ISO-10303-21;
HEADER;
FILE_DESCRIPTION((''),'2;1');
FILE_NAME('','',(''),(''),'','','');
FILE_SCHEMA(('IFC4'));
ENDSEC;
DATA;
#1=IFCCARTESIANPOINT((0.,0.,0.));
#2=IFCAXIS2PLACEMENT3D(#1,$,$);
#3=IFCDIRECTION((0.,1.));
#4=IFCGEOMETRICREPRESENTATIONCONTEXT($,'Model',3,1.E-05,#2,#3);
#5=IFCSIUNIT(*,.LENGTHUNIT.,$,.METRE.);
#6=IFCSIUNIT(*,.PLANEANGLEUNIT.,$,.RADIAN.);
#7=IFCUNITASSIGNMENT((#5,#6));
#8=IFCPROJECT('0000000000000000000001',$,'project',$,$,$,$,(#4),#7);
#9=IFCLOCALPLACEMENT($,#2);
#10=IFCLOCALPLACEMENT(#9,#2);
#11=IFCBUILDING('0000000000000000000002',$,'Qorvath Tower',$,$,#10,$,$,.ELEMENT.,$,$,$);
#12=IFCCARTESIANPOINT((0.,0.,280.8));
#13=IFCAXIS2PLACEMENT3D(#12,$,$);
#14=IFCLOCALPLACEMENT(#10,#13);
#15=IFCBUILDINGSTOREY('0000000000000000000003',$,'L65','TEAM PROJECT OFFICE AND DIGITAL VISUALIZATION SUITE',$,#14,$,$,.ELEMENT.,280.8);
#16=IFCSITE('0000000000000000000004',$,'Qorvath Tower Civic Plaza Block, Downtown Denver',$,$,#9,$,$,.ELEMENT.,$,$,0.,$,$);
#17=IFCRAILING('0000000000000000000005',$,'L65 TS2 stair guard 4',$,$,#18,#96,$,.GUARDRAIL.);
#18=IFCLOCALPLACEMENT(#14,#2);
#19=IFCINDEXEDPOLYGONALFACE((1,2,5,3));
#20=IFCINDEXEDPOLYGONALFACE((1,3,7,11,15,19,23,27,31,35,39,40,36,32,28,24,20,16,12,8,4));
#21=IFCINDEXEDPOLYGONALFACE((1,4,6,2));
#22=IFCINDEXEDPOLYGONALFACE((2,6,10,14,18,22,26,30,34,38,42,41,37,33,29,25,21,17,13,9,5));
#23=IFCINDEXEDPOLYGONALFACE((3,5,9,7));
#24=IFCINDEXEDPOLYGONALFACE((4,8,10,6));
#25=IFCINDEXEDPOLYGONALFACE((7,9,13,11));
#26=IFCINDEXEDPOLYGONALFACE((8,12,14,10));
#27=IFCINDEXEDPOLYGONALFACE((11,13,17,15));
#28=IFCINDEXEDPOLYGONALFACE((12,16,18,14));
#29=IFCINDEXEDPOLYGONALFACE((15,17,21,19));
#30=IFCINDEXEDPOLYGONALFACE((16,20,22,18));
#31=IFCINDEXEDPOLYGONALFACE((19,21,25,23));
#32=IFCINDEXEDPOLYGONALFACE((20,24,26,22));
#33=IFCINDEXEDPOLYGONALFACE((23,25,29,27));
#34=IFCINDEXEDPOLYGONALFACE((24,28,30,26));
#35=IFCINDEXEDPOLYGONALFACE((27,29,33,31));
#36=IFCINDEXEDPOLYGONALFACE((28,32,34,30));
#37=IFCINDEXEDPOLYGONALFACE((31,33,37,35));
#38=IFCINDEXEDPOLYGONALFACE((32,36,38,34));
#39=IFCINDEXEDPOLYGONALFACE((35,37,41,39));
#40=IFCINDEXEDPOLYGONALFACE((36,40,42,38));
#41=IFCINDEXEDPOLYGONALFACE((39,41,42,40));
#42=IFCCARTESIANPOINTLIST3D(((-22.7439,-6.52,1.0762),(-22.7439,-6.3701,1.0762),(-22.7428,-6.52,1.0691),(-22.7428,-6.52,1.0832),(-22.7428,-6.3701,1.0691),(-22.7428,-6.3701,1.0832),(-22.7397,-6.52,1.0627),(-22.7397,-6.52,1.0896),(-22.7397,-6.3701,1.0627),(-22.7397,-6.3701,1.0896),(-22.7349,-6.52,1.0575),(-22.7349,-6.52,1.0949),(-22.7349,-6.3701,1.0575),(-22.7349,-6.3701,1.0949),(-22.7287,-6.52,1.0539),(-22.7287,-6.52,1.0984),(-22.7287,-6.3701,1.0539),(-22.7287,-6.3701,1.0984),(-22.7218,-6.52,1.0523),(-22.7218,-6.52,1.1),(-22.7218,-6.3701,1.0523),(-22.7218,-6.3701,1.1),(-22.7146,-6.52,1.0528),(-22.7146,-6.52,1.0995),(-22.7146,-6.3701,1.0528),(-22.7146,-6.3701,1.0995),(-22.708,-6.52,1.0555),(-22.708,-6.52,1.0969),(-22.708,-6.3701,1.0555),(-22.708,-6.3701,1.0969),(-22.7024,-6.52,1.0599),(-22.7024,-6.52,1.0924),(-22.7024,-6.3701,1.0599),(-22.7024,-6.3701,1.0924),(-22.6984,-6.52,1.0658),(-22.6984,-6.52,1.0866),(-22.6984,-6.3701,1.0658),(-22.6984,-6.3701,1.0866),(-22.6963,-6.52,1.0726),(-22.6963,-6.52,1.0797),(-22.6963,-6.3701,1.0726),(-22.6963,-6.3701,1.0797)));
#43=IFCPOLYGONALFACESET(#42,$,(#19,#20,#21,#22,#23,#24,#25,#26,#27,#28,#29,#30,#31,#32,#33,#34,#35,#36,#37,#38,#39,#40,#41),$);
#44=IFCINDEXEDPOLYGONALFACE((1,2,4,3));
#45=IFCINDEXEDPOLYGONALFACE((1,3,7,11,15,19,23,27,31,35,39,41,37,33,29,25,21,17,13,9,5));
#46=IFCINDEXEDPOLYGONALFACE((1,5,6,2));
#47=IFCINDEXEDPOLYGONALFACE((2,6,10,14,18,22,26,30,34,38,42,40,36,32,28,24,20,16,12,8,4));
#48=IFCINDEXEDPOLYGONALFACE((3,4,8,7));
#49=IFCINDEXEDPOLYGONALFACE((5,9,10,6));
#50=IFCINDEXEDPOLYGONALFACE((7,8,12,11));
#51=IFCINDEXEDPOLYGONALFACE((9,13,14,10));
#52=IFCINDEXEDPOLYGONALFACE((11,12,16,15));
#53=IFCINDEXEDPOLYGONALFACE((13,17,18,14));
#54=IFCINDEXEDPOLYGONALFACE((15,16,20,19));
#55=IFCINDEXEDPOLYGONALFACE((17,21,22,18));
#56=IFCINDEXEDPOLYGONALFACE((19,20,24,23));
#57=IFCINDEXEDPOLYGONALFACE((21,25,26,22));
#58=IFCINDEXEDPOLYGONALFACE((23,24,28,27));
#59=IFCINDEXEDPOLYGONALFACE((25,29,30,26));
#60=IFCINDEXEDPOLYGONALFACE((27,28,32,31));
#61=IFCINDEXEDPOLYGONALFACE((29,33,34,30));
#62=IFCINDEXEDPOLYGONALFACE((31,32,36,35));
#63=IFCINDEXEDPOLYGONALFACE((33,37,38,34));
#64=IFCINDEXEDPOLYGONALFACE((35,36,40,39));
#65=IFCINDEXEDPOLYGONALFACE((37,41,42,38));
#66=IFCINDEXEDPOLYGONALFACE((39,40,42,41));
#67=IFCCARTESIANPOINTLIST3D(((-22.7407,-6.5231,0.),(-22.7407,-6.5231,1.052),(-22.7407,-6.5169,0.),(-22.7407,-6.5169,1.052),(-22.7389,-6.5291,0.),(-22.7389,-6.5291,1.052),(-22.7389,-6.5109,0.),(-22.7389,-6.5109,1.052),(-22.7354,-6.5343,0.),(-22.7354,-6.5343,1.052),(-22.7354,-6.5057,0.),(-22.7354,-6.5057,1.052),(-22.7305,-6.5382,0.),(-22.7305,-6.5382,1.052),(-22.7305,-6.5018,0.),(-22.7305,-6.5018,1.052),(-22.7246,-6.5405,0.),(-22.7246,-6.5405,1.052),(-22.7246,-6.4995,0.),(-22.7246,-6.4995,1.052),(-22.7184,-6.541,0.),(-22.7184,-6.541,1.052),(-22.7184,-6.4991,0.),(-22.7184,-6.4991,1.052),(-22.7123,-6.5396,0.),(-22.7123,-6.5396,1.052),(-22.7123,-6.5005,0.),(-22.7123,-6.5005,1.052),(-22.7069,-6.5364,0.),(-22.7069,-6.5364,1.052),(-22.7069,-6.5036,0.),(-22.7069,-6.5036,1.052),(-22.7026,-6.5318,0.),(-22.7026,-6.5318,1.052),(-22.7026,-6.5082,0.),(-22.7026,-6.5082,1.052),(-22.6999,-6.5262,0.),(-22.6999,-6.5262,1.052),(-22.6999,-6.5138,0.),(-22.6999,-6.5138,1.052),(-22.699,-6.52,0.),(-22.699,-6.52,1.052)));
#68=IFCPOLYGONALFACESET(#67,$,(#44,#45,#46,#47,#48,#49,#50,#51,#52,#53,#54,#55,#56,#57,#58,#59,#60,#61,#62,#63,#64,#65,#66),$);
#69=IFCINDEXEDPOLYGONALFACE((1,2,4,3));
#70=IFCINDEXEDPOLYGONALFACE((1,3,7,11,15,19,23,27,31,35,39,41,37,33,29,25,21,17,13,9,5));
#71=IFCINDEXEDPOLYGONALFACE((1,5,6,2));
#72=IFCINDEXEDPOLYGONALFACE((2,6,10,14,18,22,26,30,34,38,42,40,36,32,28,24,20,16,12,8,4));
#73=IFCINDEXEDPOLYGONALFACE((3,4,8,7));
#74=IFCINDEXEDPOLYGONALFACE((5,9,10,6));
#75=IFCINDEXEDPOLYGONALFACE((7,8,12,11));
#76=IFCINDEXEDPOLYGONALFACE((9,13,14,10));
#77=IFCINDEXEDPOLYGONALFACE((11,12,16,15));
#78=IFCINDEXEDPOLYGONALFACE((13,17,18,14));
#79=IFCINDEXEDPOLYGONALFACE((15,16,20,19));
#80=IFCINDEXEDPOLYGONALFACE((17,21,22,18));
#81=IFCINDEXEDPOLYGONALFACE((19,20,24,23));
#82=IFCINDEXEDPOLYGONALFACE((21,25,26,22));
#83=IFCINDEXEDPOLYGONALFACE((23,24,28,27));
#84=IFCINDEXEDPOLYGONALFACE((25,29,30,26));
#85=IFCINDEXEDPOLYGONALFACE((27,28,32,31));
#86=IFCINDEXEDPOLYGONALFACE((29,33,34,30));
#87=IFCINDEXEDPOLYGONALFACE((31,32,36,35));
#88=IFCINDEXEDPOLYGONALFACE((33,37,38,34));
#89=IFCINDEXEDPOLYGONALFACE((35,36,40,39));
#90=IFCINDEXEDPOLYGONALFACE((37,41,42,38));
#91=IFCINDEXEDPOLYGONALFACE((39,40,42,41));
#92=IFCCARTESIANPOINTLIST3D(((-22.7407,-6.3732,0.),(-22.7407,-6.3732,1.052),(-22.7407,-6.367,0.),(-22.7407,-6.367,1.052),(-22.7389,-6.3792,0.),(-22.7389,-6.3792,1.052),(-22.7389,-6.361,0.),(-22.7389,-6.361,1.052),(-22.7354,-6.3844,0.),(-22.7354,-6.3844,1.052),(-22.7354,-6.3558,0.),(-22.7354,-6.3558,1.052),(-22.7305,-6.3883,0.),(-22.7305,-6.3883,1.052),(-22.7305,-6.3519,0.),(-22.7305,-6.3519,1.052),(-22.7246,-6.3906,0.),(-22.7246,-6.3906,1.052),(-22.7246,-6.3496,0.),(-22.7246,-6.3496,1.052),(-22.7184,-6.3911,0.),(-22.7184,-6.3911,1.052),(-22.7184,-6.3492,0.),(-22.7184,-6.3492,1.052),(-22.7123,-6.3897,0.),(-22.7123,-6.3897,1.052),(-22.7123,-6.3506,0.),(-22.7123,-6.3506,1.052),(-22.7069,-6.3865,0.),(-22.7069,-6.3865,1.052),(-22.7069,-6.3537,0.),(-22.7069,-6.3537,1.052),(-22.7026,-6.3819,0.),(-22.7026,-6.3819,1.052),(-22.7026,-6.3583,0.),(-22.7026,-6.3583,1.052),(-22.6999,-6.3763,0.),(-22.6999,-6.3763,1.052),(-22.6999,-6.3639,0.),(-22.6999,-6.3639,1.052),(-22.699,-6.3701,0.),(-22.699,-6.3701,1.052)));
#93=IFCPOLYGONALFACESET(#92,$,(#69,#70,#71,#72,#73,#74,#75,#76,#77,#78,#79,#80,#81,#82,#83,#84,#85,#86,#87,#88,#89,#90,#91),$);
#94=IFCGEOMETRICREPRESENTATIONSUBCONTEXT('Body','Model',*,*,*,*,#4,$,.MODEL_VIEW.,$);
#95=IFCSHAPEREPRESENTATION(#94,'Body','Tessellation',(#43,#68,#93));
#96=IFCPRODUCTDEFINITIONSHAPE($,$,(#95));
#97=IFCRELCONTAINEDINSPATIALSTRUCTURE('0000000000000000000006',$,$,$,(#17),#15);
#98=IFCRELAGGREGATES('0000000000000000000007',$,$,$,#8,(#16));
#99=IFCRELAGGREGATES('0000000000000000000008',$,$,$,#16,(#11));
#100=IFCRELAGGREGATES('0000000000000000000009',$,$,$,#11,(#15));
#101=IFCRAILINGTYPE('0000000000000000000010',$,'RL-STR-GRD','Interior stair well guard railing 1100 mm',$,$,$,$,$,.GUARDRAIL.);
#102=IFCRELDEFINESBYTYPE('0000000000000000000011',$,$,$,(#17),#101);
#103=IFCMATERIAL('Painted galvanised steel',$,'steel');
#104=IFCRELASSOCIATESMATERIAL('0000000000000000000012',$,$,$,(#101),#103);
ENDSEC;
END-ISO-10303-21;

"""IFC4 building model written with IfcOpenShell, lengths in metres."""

from ifc_helpers import new_model, si_unit, direction, frame, origin, origin_2d, place, context, subcontext, project, spatial, circle, extrude, material, type_object, element, save


model = new_model("IFC4")

# Units and contexts
model_context = context("Model", 3, precision=1e-05, world=origin(), true_north=direction((0.0, 1.0)))
body_context = subcontext(model_context, "Body", "Model", "MODEL_VIEW")
ifc_project = project(units=[si_unit("LENGTHUNIT", "METRE"), si_unit("PLANEANGLEUNIT", "RADIAN")], contexts=[model_context])

# Site, building, storey
site_placement = place(None, origin())
site = spatial("IfcSite", under=ifc_project, at=site_placement, Name="Qorvath Tower Civic Plaza Block, Downtown Denver", CompositionType="ELEMENT", RefElevation=0.0)
building_placement = place(site_placement, origin())
building = spatial("IfcBuilding", under=site, at=building_placement, Name="Qorvath Tower", CompositionType="ELEMENT")
storey_placement = place(building_placement, frame((0.0, 0.0, 280.8)))
storey = spatial("IfcBuildingStorey", under=building, at=storey_placement, Name="L65", Description="TEAM PROJECT OFFICE AND DIGITAL VISUALIZATION SUITE", CompositionType="ELEMENT", Elevation=280.8)

# Railing
ifc_material_1 = material(Name="Painted galvanised steel", Category="steel")
railing_type_1 = type_object("IfcRailingType", Name="RL-STR-GRD", Description="Interior stair well guard railing 1100 mm", PredefinedType="GUARDRAIL", material=ifc_material_1)
railing_1_placement = place(storey_placement, frame((-22.72, -6.52, 0.0)))
element("IfcRailing", 1, at=railing_1_placement, inside=storey, type_object=railing_type_1, Name="L65 TS2 stair guard 4", PredefinedType="GUARDRAIL", context=body_context, shape_type="SweptSolid", body=[
    extrude(circle(Radius=0.0239, at=origin_2d()), frame((0.0, 0.0, 1.0762), z_axis=(0.0, 1.0, 0.0), x_axis=(-1.0, 0.0, 0.0)), (0.0, 0.0, 1.0), 0.1499),
    extrude(circle(Radius=0.021, at=origin_2d()), origin(), (0.0, 0.0, 1.0), 1.052),
    extrude(circle(Radius=0.021, at=origin_2d()), frame((0.0, 0.1499, 0.0)), (0.0, 0.0, 1.0), 1.052),
])

save(model, "model.ifc")
